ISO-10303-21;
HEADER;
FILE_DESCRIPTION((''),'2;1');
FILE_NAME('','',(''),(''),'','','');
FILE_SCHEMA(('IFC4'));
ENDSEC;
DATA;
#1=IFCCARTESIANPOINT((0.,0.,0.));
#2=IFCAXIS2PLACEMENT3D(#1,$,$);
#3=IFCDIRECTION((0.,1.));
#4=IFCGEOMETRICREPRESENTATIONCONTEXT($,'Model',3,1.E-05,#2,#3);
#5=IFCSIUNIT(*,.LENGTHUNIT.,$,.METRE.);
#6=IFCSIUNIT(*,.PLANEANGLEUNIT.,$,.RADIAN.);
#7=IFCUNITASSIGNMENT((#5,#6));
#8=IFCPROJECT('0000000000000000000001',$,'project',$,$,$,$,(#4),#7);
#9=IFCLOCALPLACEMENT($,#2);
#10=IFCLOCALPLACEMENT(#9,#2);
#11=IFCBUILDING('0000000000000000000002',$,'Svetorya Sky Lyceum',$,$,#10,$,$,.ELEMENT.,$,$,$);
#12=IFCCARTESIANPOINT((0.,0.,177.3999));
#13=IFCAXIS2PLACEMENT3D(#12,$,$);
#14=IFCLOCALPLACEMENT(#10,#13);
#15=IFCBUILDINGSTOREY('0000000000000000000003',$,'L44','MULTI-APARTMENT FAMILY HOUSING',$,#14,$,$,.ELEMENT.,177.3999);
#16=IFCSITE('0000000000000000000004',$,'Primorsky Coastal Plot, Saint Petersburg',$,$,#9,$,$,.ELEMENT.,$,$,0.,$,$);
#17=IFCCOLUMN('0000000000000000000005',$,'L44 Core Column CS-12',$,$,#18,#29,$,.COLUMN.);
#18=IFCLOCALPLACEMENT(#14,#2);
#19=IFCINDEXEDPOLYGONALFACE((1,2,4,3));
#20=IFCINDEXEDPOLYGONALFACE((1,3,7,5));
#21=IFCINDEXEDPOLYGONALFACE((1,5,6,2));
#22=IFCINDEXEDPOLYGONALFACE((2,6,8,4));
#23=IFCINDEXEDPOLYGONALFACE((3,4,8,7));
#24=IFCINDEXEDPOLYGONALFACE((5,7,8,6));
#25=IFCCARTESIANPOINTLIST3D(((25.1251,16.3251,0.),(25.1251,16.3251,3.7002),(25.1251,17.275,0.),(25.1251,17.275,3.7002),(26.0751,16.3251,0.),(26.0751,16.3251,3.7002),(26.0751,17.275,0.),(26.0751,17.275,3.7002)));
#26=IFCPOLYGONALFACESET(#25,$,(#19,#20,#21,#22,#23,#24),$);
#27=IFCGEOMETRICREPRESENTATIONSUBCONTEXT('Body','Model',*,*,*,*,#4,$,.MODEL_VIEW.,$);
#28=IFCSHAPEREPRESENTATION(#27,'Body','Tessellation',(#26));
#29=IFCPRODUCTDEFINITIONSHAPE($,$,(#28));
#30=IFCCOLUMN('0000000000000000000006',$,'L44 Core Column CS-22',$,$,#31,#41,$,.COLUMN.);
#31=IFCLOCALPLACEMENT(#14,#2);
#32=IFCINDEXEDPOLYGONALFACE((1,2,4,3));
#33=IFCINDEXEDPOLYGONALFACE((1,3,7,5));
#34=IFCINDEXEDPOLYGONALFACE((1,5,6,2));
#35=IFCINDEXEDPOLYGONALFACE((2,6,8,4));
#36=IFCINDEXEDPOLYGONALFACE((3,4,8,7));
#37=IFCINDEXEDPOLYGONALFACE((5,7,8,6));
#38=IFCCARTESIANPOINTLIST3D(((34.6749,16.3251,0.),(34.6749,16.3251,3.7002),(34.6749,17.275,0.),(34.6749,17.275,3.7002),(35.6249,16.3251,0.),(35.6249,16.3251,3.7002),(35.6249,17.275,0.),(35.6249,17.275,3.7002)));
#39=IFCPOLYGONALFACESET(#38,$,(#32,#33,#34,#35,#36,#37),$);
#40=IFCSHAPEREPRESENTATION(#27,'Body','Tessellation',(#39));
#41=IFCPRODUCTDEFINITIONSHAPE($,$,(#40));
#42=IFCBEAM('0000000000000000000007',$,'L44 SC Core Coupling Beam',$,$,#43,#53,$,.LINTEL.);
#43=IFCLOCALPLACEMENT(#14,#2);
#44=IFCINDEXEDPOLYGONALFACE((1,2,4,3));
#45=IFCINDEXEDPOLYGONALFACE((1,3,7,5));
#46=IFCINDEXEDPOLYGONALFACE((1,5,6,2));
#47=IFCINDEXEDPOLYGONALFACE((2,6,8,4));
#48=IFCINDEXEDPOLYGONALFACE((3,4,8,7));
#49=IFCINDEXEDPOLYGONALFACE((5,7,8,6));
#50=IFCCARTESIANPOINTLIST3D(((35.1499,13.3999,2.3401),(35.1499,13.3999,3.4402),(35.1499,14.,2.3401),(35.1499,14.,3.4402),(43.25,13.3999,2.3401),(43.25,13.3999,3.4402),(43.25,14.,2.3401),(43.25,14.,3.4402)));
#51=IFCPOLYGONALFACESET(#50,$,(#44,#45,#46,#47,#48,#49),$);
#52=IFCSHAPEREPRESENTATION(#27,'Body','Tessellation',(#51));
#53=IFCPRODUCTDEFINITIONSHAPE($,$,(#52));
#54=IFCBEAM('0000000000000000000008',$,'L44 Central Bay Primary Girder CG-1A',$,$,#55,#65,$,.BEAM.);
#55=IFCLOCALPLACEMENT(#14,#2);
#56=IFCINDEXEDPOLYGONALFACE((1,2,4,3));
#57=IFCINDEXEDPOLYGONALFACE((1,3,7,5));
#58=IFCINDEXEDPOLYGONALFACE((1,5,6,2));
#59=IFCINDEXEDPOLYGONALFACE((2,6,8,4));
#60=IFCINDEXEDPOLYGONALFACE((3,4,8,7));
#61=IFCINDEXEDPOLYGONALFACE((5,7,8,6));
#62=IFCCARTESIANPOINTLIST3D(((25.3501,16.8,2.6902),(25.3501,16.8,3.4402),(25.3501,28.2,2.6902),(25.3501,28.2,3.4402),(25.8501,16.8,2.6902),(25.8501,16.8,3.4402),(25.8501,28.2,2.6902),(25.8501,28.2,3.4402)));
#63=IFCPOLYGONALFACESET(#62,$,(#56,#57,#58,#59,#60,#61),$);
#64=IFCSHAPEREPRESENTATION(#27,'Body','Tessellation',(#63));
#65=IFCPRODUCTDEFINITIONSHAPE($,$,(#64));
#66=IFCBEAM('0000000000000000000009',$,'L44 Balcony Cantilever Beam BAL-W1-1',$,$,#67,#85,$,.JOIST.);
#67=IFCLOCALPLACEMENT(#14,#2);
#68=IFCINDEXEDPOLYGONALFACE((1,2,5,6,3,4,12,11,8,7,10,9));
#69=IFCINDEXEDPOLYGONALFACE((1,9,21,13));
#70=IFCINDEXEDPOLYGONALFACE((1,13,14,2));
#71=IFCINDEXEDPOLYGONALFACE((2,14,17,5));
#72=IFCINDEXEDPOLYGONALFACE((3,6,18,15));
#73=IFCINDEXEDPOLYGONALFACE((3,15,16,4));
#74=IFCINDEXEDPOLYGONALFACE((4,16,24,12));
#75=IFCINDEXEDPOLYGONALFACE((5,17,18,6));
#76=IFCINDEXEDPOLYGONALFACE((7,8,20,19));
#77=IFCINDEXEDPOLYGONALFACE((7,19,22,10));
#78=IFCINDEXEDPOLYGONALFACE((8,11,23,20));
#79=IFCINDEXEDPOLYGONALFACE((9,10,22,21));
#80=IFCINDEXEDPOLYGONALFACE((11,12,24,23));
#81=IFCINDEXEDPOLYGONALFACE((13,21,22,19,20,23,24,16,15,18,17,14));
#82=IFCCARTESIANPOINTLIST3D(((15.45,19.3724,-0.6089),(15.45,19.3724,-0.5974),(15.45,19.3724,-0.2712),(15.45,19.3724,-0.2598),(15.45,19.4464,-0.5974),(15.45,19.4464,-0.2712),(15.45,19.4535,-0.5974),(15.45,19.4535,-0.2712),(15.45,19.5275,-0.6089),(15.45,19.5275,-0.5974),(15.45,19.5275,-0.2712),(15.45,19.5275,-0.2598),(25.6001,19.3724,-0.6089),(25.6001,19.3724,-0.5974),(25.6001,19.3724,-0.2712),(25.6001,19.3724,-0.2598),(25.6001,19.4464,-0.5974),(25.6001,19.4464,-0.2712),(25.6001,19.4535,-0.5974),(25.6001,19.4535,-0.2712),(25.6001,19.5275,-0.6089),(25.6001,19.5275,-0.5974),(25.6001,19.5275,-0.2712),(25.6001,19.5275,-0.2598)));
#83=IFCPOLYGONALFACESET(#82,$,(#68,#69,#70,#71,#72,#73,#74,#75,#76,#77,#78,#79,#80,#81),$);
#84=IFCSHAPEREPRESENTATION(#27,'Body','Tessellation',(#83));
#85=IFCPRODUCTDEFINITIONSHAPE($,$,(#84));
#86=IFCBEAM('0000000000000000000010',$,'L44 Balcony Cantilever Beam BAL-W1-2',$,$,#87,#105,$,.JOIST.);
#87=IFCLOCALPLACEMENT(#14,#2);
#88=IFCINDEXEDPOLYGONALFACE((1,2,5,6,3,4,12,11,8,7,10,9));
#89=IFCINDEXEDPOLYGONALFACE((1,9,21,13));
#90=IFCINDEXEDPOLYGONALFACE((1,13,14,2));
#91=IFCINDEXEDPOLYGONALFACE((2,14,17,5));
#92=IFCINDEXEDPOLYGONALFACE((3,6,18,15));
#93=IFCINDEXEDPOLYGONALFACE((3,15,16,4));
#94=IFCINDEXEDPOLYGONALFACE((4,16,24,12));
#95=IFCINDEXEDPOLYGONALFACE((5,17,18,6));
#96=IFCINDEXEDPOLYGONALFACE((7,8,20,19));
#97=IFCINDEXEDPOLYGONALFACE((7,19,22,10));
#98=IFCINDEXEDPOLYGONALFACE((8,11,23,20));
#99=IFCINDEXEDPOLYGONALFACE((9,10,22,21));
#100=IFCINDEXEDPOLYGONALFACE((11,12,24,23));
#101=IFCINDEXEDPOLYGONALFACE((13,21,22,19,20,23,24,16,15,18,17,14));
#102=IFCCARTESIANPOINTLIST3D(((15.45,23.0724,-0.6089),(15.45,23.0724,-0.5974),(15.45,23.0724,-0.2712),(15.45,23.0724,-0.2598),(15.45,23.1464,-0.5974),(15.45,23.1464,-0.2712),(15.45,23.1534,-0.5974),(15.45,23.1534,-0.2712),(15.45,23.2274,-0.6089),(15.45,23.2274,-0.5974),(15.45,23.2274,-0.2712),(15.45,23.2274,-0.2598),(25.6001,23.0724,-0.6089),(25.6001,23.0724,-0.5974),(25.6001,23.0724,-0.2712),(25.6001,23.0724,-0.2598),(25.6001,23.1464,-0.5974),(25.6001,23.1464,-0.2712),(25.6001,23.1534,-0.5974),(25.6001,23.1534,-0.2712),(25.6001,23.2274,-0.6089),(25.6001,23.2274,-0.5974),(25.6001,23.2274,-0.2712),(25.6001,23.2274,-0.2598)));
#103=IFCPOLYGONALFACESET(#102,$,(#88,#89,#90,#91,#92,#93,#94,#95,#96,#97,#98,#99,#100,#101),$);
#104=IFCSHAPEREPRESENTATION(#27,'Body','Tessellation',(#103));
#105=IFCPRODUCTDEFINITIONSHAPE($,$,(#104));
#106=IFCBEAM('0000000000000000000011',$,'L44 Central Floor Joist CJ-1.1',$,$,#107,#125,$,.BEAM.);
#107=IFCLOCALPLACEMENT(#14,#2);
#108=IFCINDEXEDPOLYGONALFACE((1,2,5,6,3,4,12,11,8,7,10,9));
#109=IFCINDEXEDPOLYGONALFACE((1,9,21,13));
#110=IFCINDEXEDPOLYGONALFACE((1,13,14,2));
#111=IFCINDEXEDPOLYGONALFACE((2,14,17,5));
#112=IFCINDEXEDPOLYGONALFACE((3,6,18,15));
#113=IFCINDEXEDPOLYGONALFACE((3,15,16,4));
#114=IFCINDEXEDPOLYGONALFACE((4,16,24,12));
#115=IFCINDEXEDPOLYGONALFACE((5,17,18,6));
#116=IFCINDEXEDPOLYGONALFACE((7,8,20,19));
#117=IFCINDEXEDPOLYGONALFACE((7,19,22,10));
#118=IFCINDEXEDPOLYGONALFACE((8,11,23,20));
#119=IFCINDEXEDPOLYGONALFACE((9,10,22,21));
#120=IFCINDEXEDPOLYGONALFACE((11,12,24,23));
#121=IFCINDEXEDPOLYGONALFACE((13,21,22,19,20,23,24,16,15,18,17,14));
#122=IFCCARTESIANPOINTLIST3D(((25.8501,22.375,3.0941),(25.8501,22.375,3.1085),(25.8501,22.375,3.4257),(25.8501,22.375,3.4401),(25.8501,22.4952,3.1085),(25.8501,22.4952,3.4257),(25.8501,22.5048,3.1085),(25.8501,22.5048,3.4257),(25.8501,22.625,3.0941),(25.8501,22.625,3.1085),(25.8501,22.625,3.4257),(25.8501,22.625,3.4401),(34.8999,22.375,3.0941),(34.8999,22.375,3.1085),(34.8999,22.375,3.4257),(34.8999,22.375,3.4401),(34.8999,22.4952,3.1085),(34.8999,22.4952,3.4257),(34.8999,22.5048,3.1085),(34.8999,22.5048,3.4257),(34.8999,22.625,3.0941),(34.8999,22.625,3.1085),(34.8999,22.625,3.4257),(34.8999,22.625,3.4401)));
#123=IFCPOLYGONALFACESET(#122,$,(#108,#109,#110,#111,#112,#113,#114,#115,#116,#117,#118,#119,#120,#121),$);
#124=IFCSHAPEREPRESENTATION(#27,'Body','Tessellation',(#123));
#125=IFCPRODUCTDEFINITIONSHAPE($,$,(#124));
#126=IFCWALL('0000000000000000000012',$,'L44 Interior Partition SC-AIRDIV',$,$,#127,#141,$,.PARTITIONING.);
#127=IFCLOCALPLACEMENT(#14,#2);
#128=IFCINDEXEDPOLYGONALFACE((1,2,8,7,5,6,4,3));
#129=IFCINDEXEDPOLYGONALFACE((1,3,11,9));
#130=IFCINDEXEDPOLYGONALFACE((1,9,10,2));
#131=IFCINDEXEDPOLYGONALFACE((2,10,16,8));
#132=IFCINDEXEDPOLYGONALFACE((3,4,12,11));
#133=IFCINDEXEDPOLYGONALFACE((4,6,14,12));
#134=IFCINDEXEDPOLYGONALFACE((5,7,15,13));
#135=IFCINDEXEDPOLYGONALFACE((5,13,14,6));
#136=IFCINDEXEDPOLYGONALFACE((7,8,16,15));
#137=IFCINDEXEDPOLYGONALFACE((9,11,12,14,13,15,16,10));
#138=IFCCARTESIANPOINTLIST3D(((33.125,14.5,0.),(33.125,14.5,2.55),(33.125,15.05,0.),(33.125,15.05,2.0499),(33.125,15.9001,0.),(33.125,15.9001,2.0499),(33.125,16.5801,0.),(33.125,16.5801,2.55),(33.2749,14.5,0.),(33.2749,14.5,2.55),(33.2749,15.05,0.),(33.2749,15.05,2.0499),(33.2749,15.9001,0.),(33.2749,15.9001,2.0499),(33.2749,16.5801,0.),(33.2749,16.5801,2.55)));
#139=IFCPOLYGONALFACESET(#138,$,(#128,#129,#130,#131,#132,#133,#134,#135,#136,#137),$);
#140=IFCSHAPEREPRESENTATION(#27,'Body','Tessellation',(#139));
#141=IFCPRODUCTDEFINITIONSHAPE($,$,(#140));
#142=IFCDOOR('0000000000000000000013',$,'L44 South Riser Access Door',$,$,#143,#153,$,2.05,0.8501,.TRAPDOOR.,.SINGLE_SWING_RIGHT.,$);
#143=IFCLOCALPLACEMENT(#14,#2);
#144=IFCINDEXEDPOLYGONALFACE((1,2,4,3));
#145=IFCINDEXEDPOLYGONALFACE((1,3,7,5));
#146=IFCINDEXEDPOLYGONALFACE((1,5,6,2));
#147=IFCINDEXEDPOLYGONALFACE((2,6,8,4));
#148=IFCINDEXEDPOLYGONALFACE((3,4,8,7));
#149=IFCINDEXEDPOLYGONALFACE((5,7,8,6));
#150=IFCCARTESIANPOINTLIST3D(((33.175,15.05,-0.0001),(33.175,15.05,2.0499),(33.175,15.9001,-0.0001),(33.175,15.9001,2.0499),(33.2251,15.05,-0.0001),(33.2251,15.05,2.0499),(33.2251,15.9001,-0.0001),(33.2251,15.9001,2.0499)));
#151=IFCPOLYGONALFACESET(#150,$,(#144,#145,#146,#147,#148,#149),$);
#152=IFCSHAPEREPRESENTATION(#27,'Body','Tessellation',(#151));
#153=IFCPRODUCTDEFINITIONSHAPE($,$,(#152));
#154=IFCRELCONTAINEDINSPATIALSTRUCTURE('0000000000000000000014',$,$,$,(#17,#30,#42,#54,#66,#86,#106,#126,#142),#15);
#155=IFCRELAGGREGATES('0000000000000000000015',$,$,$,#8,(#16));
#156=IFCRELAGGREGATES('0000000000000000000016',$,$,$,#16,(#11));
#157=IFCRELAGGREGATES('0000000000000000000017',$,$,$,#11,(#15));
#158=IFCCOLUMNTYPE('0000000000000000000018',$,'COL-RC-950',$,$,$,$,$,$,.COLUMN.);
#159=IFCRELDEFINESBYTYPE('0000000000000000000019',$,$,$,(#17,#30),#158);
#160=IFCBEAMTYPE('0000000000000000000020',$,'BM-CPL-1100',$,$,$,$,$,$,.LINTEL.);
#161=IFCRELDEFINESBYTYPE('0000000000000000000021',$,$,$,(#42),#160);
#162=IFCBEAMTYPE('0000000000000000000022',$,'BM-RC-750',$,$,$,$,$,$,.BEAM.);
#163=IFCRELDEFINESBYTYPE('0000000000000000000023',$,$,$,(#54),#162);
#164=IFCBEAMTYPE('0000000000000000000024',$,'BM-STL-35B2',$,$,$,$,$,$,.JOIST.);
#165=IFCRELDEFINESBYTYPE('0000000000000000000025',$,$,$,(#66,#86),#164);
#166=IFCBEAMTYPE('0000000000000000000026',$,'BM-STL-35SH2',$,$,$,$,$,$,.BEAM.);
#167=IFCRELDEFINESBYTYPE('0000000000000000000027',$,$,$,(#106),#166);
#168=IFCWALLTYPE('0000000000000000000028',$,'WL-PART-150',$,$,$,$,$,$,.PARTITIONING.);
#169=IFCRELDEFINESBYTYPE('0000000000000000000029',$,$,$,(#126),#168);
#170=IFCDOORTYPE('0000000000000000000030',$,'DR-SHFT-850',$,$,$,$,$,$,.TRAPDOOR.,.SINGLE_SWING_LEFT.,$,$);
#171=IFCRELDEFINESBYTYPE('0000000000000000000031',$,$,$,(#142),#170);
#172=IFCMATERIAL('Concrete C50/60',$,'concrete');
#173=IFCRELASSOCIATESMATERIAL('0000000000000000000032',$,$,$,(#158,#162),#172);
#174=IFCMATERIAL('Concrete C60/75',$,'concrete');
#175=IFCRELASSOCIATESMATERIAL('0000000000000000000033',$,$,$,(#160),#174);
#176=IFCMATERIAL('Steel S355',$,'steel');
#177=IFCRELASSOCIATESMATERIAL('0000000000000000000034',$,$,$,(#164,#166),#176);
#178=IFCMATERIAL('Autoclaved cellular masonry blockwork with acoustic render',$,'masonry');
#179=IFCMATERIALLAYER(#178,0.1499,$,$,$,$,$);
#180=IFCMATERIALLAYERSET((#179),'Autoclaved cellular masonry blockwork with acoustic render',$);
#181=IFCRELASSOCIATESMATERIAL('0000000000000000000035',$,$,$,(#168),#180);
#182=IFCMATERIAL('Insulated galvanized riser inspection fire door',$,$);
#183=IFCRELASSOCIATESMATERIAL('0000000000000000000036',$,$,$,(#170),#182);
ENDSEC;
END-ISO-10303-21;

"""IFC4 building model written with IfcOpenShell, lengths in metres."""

from ifc_helpers import new_model, si_unit, direction, frame, frame_2d, origin, origin_2d, place, context, subcontext, project, spatial, rectangle, i_section, extrude, material, layer, layer_set, material_profile, profile_set, type_object, element, fill, save


model = new_model("IFC4")

# Units and contexts
model_context = context("Model", 3, precision=1e-05, world=origin(), true_north=direction((0.0, 1.0)))
body_context = subcontext(model_context, "Body", "Model", "MODEL_VIEW")
ifc_project = project(units=[si_unit("LENGTHUNIT", "METRE"), si_unit("PLANEANGLEUNIT", "RADIAN")], contexts=[model_context])

# Site, building, storey
site_placement = place(None, origin())
site = spatial("IfcSite", under=ifc_project, at=site_placement, Name="Primorsky Coastal Plot, Saint Petersburg", CompositionType="ELEMENT", RefElevation=0.0)
building_placement = place(site_placement, origin())
building = spatial("IfcBuilding", under=site, at=building_placement, Name="Svetorya Sky Lyceum", CompositionType="ELEMENT")
storey_placement = place(building_placement, frame((0.0, 0.0, 177.3999)))
storey = spatial("IfcBuildingStorey", under=building, at=storey_placement, Name="L44", Description="MULTI-APARTMENT FAMILY HOUSING", CompositionType="ELEMENT", Elevation=177.3999)

# Columns
ifc_material_1 = material(Name="Concrete C50/60", Category="concrete")
ifc_material_profile_1 = material_profile(ifc_material_1, rectangle(XDim=0.95, YDim=0.95, at=origin_2d()), Name="RC COL 950x950")
ifc_profile_set_1 = profile_set([ifc_material_profile_1], Name="Concrete C50/60")
column_type = type_object("IfcColumnType", Name="COL-RC-950", PredefinedType="COLUMN", material=ifc_profile_set_1)
for number, where, z_axis, x_axis, name in (
    (1, (25.6001, 16.8, 0.0), (0.0, 0.0, 1.0), (1.0, 0.0, 0.0), "L44 Core Column CS-12"),
    (2, (35.1499, 16.8, 0.0), (0.0, 0.0, 1.0), (1.0, 0.0, 0.0), "L44 Core Column CS-22"),
):
    element("IfcColumn", number, at=place(storey_placement, frame(where, z_axis=z_axis, x_axis=x_axis)), inside=storey, type_object=column_type, Name=name, PredefinedType="COLUMN", context=body_context, shape_type="SweptSolid", body=[
        extrude(rectangle(XDim=0.95, YDim=0.95, at=origin_2d()), origin(), (0.0, 0.0, 1.0), 3.7002),
    ])

# Beams
ifc_material_2 = material(Name="Concrete C60/75", Category="concrete")
ifc_material_profile_2 = material_profile(ifc_material_2, rectangle(XDim=0.6001, YDim=1.1001, at=origin_2d()), Name="RC COUPLING 600x1100")
ifc_profile_set_2 = profile_set([ifc_material_profile_2], Name="Concrete C60/75")
beam_type_1 = type_object("IfcBeamType", Name="BM-CPL-1100", PredefinedType="LINTEL", material=ifc_profile_set_2)
beam_1_placement = place(storey_placement, frame((35.1499, 13.7, 2.8901), z_axis=(1.0, 0.0, 0.0), x_axis=(0.0, 1.0, 0.0)))
element("IfcBeam", 3, at=beam_1_placement, inside=storey, type_object=beam_type_1, Name="L44 SC Core Coupling Beam", PredefinedType="LINTEL", context=body_context, shape_type="SweptSolid", body=[
    extrude(rectangle(XDim=0.6001, YDim=1.1001, at=origin_2d()), origin(), (0.0, 0.0, 1.0), 8.1001),
])
ifc_material_profile_3 = material_profile(ifc_material_1, rectangle(XDim=0.5, YDim=0.75, at=origin_2d()), Name="RC BEAM 500x750")
ifc_profile_set_3 = profile_set([ifc_material_profile_3], Name="Concrete C50/60")
beam_type_2 = type_object("IfcBeamType", Name="BM-RC-750", PredefinedType="BEAM", material=ifc_profile_set_3)
beam_2_placement = place(storey_placement, frame((25.6001, 16.8, 3.0652), z_axis=(0.0, 1.0, 0.0), x_axis=(-1.0, 0.0, 0.0)))
element("IfcBeam", 4, at=beam_2_placement, inside=storey, type_object=beam_type_2, Name="L44 Central Bay Primary Girder CG-1A", PredefinedType="BEAM", context=body_context, shape_type="SweptSolid", body=[
    extrude(rectangle(XDim=0.5, YDim=0.75, at=origin_2d()), origin(), (0.0, 0.0, 1.0), 11.3999),
])
ifc_material_3 = material(Name="Steel S355", Category="steel")
ifc_material_profile_4 = material_profile(ifc_material_3, i_section(OverallWidth=0.155, OverallDepth=0.3491, WebThickness=0.0071, FlangeThickness=0.0115, at=origin_2d()), Name="GOST 35B2")
ifc_profile_set_4 = profile_set([ifc_material_profile_4], Name="Steel S355")
beam_type_3 = type_object("IfcBeamType", Name="BM-STL-35B2", PredefinedType="JOIST", material=ifc_profile_set_4)
for number, where, z_axis, x_axis, name in (
    (5, (25.6001, 19.45, -0.4343), (-1.0, 0.0, 0.0), (0.0, -1.0, 0.0), "L44 Balcony Cantilever Beam BAL-W1-1"),
    (6, (25.6001, 23.1499, -0.4343), (-1.0, 0.0, 0.0), (0.0, -1.0, 0.0), "L44 Balcony Cantilever Beam BAL-W1-2"),
):
    element("IfcBeam", number, at=place(storey_placement, frame(where, z_axis=z_axis, x_axis=x_axis)), inside=storey, type_object=beam_type_3, Name=name, PredefinedType="JOIST", context=body_context, shape_type="SweptSolid", body=[
        extrude(i_section(OverallWidth=0.155, OverallDepth=0.3491, WebThickness=0.0071, FlangeThickness=0.0115, at=origin_2d()), origin(), (0.0, 0.0, 1.0), 10.1501),
    ])
ifc_material_profile_5 = material_profile(ifc_material_3, i_section(OverallWidth=0.25, OverallDepth=0.3459, WebThickness=0.0095, FlangeThickness=0.0144, at=origin_2d()), Name="GOST 35Sh2")
ifc_profile_set_5 = profile_set([ifc_material_profile_5], Name="Steel S355")
beam_type_4 = type_object("IfcBeamType", Name="BM-STL-35SH2", PredefinedType="BEAM", material=ifc_profile_set_5)
beam_3_placement = place(storey_placement, frame((25.8501, 22.5, 3.2671), z_axis=(1.0, 0.0, 0.0), x_axis=(0.0, 1.0, 0.0)))
element("IfcBeam", 7, at=beam_3_placement, inside=storey, type_object=beam_type_4, Name="L44 Central Floor Joist CJ-1.1", PredefinedType="BEAM", context=body_context, shape_type="SweptSolid", body=[
    extrude(i_section(OverallWidth=0.25, OverallDepth=0.3459, WebThickness=0.0095, FlangeThickness=0.0144, at=origin_2d()), origin(), (0.0, 0.0, 1.0), 9.0498),
])

# Wall, opening, door
ifc_material_4 = material(Name="Autoclaved cellular masonry blockwork with acoustic render", Category="masonry")
ifc_layer_1 = layer(ifc_material_4, 0.1499)
ifc_layer_set_1 = layer_set([ifc_layer_1], Name="Autoclaved cellular masonry blockwork with acoustic render")
wall_type_1 = type_object("IfcWallType", Name="WL-PART-150", PredefinedType="PARTITIONING", material=ifc_layer_set_1)
wall_1_placement = place(storey_placement, frame((33.2, 14.5, 0.0), z_axis=(0.0, 0.0, 1.0), x_axis=(0.0, 1.0, 0.0)))
wall_1 = element("IfcWall", 8, at=wall_1_placement, inside=storey, type_object=wall_type_1, Name="L44 Interior Partition SC-AIRDIV", PredefinedType="PARTITIONING", context=body_context, shape_type="SweptSolid", body=[
    extrude(rectangle(XDim=2.0801, YDim=0.1499, at=frame_2d((1.04, 0.0))), origin(), (0.0, 0.0, 1.0), 2.55),
])
opening_1_placement = place(wall_1_placement, frame((0.55, 0.0, 0.0)))
opening_1 = element("IfcOpeningElement", 9, at=opening_1_placement, cuts=wall_1, PredefinedType="OPENING", context=body_context, shape_type="SweptSolid", body=[
    extrude(rectangle(XDim=0.8501, YDim=2.05, at=frame_2d((0.425, 1.0249))), frame((0.0, 0.085, 0.0), z_axis=(0.0, -1.0, 0.0), x_axis=(1.0, 0.0, 0.0)), (0.0, 0.0, 1.0), 0.1699),
])
ifc_material_5 = material(Name="Insulated galvanized riser inspection fire door")
door_type_1 = type_object("IfcDoorType", Name="DR-SHFT-850", OperationType="SINGLE_SWING_LEFT", PredefinedType="TRAPDOOR", material=ifc_material_5)
door_1_placement = place(opening_1_placement, origin())
door_1 = element("IfcDoor", 10, at=door_1_placement, inside=storey, type_object=door_type_1, Name="L44 South Riser Access Door", OperationType="SINGLE_SWING_RIGHT", OverallHeight=2.05, OverallWidth=0.8501, PredefinedType="TRAPDOOR", context=body_context, shape_type="SweptSolid", body=[
    extrude(rectangle(XDim=0.8501, YDim=2.05, at=frame_2d((0.425, 1.0249))), frame((0.0, 0.0249, 0.0), z_axis=(0.0, -1.0, 0.0), x_axis=(1.0, 0.0, 0.0)), (0.0, 0.0, 1.0), 0.05),
])
fill(opening_1, door_1)

save(model, "model.ifc")
